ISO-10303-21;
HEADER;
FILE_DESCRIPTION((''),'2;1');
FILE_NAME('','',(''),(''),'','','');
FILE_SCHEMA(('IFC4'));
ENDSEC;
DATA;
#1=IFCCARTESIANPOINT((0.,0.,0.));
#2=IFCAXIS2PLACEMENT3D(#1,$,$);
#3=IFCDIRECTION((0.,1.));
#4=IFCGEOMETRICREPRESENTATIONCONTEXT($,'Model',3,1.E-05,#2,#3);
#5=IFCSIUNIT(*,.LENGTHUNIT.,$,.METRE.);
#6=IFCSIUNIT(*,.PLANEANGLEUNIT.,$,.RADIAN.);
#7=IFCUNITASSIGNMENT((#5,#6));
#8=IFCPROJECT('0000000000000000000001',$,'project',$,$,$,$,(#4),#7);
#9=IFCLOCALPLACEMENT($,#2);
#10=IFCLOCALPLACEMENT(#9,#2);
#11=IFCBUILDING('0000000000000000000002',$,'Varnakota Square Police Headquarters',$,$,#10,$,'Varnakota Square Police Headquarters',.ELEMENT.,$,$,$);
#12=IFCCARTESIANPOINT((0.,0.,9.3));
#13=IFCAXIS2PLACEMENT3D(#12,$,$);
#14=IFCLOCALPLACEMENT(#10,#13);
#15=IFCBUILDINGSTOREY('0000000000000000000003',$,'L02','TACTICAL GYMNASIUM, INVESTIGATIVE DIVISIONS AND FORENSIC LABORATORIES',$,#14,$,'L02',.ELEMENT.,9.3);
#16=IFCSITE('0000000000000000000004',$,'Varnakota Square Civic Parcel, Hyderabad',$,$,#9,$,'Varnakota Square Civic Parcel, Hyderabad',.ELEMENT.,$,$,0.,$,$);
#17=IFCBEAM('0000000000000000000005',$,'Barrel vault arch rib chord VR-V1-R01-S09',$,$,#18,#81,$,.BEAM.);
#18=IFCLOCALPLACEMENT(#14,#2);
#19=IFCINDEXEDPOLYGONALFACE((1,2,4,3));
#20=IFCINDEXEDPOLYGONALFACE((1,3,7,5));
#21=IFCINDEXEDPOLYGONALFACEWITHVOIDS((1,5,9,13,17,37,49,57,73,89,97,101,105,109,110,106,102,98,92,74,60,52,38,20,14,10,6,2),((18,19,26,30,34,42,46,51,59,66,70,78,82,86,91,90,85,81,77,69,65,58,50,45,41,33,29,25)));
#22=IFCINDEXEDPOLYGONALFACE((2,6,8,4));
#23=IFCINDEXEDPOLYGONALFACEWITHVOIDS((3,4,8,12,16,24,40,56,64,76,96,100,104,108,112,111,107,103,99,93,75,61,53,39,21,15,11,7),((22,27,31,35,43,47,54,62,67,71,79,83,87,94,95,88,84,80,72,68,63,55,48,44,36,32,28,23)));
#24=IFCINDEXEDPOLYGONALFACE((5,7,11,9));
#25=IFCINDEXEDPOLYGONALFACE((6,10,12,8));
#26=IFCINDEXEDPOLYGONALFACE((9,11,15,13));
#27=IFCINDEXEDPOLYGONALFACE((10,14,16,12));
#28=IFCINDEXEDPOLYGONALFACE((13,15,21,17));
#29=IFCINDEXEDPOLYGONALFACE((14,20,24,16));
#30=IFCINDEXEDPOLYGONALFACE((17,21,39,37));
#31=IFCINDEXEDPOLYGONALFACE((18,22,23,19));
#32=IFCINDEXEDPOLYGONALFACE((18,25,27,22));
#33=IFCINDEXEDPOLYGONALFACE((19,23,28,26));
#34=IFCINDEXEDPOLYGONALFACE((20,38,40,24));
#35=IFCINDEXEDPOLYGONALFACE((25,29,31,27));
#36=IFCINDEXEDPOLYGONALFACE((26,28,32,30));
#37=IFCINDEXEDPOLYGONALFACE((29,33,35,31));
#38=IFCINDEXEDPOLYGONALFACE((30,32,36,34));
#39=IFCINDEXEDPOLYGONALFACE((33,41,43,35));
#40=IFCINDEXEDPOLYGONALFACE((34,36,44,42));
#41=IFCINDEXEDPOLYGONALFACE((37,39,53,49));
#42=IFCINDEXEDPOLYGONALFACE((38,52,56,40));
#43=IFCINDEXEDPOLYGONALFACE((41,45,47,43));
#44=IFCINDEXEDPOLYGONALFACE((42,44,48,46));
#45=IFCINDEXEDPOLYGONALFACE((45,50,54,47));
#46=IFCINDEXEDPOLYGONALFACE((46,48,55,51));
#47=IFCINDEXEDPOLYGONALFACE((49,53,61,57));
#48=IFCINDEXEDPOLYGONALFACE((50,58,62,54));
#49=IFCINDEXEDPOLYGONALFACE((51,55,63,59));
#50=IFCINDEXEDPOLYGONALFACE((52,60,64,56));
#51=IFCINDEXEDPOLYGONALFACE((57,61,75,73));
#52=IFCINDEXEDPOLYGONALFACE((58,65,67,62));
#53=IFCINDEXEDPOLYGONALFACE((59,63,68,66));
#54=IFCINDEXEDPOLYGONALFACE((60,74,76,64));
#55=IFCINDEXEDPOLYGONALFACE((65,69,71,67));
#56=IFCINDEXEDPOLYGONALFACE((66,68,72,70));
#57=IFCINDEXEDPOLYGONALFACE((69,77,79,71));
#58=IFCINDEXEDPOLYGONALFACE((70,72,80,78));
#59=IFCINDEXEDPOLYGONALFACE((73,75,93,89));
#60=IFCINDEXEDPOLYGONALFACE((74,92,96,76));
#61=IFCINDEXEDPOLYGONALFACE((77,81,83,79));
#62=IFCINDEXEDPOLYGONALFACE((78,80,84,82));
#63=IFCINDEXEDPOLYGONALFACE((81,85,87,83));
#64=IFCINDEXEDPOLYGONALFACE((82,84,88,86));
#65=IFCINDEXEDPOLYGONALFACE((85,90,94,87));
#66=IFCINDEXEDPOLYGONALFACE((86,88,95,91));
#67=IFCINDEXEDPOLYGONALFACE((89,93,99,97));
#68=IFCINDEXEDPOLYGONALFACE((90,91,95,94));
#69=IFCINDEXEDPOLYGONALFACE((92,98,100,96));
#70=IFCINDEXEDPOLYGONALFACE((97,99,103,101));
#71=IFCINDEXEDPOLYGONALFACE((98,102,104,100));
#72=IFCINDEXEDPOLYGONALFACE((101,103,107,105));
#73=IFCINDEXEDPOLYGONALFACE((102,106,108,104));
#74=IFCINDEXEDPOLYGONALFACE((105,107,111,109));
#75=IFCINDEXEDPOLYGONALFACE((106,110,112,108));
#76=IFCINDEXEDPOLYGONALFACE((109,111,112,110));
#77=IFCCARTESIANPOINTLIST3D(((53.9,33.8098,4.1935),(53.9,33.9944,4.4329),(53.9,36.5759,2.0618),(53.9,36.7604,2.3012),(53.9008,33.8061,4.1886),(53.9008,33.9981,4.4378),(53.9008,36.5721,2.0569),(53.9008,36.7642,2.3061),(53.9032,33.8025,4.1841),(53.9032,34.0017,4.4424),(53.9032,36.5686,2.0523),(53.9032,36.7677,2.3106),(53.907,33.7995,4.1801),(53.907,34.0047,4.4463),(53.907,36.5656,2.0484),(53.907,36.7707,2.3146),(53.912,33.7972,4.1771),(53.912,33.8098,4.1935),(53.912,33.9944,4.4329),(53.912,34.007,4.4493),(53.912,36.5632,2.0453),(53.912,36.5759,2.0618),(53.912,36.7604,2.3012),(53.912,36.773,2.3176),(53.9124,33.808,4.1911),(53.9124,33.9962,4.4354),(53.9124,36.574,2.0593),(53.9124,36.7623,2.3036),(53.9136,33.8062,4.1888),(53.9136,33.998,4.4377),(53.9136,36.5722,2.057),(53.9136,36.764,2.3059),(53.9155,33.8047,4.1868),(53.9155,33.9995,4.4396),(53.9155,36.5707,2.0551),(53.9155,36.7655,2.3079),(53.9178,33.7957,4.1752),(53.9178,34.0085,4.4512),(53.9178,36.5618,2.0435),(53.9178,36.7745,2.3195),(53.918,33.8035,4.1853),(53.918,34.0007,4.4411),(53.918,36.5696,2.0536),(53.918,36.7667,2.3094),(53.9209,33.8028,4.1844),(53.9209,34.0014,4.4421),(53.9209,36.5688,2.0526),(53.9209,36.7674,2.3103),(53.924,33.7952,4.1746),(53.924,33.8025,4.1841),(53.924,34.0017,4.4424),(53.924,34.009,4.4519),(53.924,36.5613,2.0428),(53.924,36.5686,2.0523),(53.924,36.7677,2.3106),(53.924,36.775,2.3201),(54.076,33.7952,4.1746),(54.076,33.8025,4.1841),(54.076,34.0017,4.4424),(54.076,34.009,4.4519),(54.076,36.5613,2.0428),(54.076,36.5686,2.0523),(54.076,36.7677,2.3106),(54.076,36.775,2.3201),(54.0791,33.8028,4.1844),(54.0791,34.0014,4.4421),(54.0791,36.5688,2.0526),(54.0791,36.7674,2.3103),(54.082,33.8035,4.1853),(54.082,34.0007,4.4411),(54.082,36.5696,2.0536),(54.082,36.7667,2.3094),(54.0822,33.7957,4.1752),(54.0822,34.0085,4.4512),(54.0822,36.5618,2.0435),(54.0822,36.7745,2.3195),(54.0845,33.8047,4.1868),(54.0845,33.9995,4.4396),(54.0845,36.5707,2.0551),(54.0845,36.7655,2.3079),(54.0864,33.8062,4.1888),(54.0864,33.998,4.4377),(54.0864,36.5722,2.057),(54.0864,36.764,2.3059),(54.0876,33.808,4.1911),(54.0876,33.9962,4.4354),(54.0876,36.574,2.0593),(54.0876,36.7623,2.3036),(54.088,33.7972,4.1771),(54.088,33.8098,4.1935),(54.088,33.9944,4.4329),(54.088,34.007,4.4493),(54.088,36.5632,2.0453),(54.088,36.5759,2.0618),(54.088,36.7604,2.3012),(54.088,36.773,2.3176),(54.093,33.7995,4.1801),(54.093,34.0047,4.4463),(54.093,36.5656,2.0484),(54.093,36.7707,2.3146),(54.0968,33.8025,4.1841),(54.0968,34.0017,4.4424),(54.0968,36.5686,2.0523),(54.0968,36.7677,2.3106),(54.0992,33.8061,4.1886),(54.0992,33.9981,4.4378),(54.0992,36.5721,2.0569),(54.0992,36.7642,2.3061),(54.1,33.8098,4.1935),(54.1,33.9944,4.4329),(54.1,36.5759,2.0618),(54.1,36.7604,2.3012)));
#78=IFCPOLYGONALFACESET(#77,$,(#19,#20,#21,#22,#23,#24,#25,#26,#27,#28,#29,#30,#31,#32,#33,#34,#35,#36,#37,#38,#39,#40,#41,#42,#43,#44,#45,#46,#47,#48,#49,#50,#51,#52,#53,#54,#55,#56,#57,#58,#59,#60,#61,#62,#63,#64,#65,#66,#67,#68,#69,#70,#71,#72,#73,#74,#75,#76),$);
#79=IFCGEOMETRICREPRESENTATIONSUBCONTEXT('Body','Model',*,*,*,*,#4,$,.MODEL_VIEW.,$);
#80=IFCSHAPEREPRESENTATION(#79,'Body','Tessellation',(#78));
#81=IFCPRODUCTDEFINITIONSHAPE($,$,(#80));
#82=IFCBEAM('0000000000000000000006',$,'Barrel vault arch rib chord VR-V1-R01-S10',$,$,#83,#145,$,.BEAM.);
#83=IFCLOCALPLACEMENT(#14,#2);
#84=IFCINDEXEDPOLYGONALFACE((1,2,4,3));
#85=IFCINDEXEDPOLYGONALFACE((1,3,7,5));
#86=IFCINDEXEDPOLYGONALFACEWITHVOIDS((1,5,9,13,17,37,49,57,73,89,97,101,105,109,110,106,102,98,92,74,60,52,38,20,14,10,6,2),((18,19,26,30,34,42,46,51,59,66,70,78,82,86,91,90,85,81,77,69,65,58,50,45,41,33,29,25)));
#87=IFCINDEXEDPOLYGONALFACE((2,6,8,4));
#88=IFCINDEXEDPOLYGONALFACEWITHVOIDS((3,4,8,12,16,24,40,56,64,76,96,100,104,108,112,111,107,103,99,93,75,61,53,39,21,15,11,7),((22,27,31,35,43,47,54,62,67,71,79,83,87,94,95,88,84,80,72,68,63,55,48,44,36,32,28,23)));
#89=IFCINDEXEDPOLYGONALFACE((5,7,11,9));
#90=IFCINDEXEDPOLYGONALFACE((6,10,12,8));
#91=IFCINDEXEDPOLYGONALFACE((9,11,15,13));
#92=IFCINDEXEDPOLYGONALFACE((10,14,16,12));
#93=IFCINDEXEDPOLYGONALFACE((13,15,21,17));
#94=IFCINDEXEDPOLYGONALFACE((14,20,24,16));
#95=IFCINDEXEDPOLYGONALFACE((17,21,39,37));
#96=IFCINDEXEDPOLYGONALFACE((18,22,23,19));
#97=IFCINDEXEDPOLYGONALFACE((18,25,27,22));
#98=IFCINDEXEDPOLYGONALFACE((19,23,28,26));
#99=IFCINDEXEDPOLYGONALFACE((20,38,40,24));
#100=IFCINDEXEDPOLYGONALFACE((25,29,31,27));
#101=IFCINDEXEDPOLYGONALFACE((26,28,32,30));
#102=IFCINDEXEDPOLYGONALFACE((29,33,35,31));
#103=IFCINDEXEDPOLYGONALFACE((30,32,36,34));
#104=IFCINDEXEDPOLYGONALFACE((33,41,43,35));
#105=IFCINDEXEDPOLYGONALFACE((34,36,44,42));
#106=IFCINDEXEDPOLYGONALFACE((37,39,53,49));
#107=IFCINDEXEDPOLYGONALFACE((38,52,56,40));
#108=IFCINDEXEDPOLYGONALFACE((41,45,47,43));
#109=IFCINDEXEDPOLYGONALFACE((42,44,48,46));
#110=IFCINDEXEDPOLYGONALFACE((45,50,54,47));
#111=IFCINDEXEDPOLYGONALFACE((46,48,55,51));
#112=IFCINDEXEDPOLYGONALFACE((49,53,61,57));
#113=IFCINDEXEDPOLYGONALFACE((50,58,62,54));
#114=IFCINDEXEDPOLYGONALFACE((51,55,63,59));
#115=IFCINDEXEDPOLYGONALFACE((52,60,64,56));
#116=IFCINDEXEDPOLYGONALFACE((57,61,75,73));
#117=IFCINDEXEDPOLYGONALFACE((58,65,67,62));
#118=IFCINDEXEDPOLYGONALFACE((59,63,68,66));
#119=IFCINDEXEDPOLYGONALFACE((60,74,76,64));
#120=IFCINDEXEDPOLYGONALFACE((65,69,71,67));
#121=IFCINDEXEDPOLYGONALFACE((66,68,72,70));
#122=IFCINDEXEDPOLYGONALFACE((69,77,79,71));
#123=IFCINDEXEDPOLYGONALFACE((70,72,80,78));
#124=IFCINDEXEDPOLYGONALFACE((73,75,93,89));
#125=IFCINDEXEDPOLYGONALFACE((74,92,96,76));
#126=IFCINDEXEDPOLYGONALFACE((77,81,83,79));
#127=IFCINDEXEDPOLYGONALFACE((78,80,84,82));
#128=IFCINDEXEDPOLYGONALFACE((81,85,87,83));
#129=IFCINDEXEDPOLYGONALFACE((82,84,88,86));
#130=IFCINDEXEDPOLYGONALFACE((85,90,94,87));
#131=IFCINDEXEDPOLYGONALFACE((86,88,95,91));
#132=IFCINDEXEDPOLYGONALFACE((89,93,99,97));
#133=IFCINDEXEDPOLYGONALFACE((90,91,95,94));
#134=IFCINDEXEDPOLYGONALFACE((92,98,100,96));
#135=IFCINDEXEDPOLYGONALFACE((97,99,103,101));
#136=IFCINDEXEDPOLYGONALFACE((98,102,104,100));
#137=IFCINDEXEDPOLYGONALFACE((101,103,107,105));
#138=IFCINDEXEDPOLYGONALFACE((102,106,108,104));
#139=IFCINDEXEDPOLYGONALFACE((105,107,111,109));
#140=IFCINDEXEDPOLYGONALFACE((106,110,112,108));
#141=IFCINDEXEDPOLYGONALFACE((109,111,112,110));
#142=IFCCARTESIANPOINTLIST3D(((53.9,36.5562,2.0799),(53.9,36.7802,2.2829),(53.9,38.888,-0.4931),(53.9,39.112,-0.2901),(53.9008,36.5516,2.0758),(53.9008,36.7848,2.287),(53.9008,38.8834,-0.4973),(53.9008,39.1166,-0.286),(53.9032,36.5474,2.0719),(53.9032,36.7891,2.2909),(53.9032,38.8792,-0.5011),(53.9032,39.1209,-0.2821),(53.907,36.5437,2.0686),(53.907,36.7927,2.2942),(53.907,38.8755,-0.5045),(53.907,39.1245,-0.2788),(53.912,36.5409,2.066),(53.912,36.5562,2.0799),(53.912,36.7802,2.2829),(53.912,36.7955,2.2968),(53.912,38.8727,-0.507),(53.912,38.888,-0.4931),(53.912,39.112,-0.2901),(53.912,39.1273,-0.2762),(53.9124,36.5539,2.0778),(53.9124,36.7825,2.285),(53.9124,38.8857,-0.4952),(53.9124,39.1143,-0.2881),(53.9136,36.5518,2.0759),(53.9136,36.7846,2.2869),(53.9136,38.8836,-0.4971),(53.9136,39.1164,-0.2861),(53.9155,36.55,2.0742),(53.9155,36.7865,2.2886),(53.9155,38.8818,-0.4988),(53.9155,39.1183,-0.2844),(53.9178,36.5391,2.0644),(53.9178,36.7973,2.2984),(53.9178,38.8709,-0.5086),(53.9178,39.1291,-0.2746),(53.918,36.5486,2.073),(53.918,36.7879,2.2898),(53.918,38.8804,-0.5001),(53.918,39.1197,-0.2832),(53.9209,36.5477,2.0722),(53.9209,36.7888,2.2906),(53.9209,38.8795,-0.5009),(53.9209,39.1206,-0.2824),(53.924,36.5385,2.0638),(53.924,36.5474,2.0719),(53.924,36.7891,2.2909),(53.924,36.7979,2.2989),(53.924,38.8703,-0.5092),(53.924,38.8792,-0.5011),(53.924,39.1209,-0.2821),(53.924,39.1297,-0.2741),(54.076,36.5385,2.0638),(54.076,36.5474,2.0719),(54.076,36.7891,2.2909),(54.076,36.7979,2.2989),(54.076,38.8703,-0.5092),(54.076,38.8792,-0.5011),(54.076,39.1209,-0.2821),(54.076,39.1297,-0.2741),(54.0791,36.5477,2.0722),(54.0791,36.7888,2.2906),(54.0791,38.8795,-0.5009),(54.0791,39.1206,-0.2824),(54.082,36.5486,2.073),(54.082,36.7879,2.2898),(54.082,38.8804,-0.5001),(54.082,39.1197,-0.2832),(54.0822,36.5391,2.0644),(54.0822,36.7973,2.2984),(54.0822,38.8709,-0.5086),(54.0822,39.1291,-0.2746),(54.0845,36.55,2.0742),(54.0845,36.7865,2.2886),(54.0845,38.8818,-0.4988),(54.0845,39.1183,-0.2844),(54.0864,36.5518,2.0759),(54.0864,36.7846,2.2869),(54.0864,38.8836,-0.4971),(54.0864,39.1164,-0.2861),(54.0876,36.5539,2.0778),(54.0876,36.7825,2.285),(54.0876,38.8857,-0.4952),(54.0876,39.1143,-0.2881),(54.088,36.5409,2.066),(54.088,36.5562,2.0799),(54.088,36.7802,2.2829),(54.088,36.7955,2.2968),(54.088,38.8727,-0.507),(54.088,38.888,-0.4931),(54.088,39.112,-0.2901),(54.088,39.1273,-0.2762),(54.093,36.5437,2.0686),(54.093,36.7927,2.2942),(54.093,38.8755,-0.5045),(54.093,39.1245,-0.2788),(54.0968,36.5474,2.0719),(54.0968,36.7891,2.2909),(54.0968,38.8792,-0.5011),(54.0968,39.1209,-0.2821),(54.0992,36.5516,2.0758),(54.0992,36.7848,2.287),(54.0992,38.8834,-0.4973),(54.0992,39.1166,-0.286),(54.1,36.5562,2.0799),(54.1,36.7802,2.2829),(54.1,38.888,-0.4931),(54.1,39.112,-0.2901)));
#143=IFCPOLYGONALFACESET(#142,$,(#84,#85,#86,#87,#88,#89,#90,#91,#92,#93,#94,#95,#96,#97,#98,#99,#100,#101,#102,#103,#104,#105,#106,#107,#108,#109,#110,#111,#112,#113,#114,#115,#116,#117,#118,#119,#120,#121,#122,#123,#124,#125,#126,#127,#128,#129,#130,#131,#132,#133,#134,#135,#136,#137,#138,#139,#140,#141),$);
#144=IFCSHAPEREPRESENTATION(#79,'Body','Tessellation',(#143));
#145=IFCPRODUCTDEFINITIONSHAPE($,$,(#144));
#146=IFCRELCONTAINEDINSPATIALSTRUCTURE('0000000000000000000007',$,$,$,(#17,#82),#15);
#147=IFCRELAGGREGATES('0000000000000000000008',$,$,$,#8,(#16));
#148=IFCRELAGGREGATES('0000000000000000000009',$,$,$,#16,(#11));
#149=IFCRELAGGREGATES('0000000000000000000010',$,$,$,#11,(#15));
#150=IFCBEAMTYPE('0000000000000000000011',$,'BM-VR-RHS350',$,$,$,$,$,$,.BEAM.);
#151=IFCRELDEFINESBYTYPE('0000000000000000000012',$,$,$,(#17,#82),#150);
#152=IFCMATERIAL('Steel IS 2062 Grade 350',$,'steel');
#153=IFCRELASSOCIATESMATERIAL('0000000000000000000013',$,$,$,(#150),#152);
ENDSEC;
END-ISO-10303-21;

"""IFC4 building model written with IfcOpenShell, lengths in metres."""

from ifc_helpers import new_model, si_unit, direction, frame, origin, origin_2d, place, context, subcontext, project, spatial, hollow_rectangle, extrude, material, material_profile, profile_set, type_object, element, save


model = new_model("IFC4")

# Units and contexts
model_context = context("Model", 3, precision=1e-05, world=origin(), true_north=direction((0.0, 1.0)))
body_context = subcontext(model_context, "Body", "Model", "MODEL_VIEW")
ifc_project = project(units=[si_unit("LENGTHUNIT", "METRE"), si_unit("PLANEANGLEUNIT", "RADIAN")], contexts=[model_context])

# Site, building, storey
site_placement = place(None, origin())
site = spatial("IfcSite", under=ifc_project, at=site_placement, Name="Varnakota Square Civic Parcel, Hyderabad", LongName="Varnakota Square Civic Parcel, Hyderabad", CompositionType="ELEMENT", RefElevation=0.0)
building_placement = place(site_placement, origin())
building = spatial("IfcBuilding", under=site, at=building_placement, Name="Varnakota Square Police Headquarters", LongName="Varnakota Square Police Headquarters", CompositionType="ELEMENT")
storey_placement = place(building_placement, frame((0.0, 0.0, 9.3)))
storey = spatial("IfcBuildingStorey", under=building, at=storey_placement, Name="L02", Description="TACTICAL GYMNASIUM, INVESTIGATIVE DIVISIONS AND FORENSIC LABORATORIES", LongName="L02", CompositionType="ELEMENT", Elevation=9.3)

# Beams
ifc_material_1 = material(Name="Steel IS 2062 Grade 350", Category="steel")
ifc_material_profile_1 = material_profile(ifc_material_1, hollow_rectangle(XDim=0.2, YDim=0.3501, WallThickness=0.012, InnerFilletRadius=0.012, OuterFilletRadius=0.0239, at=origin_2d()), Name="RHS 350x200x12")
ifc_profile_set_1 = profile_set([ifc_material_profile_1], Name="Steel IS 2062 Grade 350")
beam_type_1 = type_object("IfcBeamType", Name="BM-VR-RHS350", PredefinedType="BEAM", material=ifc_profile_set_1)
beam_1_placement = place(storey_placement, frame((54.0, 33.9021, 4.3132), z_axis=(0.0, 0.792062, -0.61044), x_axis=(-1.0, 0.0, 0.0)))
element("IfcBeam", 1, at=beam_1_placement, inside=storey, type_object=beam_type_1, Name="Barrel vault arch rib chord VR-V1-R01-S09", PredefinedType="BEAM", context=body_context, shape_type="SweptSolid", body=[
    extrude(hollow_rectangle(XDim=0.2, YDim=0.3501, WallThickness=0.012, InnerFilletRadius=0.012, OuterFilletRadius=0.0239, at=origin_2d()), origin(), (0.0, 0.0, 1.0), 3.4922),
])
beam_2_placement = place(storey_placement, frame((54.0, 36.6682, 2.1814), z_axis=(0.0, 0.671521, -0.740986), x_axis=(-1.0, 0.0, 0.0)))
element("IfcBeam", 2, at=beam_2_placement, inside=storey, type_object=beam_type_1, Name="Barrel vault arch rib chord VR-V1-R01-S10", PredefinedType="BEAM", context=body_context, shape_type="SweptSolid", body=[
    extrude(hollow_rectangle(XDim=0.2, YDim=0.3501, WallThickness=0.012, InnerFilletRadius=0.012, OuterFilletRadius=0.0239, at=origin_2d()), origin(), (0.0, 0.0, 1.0), 3.4724),
])

save(model, "model.ifc")
